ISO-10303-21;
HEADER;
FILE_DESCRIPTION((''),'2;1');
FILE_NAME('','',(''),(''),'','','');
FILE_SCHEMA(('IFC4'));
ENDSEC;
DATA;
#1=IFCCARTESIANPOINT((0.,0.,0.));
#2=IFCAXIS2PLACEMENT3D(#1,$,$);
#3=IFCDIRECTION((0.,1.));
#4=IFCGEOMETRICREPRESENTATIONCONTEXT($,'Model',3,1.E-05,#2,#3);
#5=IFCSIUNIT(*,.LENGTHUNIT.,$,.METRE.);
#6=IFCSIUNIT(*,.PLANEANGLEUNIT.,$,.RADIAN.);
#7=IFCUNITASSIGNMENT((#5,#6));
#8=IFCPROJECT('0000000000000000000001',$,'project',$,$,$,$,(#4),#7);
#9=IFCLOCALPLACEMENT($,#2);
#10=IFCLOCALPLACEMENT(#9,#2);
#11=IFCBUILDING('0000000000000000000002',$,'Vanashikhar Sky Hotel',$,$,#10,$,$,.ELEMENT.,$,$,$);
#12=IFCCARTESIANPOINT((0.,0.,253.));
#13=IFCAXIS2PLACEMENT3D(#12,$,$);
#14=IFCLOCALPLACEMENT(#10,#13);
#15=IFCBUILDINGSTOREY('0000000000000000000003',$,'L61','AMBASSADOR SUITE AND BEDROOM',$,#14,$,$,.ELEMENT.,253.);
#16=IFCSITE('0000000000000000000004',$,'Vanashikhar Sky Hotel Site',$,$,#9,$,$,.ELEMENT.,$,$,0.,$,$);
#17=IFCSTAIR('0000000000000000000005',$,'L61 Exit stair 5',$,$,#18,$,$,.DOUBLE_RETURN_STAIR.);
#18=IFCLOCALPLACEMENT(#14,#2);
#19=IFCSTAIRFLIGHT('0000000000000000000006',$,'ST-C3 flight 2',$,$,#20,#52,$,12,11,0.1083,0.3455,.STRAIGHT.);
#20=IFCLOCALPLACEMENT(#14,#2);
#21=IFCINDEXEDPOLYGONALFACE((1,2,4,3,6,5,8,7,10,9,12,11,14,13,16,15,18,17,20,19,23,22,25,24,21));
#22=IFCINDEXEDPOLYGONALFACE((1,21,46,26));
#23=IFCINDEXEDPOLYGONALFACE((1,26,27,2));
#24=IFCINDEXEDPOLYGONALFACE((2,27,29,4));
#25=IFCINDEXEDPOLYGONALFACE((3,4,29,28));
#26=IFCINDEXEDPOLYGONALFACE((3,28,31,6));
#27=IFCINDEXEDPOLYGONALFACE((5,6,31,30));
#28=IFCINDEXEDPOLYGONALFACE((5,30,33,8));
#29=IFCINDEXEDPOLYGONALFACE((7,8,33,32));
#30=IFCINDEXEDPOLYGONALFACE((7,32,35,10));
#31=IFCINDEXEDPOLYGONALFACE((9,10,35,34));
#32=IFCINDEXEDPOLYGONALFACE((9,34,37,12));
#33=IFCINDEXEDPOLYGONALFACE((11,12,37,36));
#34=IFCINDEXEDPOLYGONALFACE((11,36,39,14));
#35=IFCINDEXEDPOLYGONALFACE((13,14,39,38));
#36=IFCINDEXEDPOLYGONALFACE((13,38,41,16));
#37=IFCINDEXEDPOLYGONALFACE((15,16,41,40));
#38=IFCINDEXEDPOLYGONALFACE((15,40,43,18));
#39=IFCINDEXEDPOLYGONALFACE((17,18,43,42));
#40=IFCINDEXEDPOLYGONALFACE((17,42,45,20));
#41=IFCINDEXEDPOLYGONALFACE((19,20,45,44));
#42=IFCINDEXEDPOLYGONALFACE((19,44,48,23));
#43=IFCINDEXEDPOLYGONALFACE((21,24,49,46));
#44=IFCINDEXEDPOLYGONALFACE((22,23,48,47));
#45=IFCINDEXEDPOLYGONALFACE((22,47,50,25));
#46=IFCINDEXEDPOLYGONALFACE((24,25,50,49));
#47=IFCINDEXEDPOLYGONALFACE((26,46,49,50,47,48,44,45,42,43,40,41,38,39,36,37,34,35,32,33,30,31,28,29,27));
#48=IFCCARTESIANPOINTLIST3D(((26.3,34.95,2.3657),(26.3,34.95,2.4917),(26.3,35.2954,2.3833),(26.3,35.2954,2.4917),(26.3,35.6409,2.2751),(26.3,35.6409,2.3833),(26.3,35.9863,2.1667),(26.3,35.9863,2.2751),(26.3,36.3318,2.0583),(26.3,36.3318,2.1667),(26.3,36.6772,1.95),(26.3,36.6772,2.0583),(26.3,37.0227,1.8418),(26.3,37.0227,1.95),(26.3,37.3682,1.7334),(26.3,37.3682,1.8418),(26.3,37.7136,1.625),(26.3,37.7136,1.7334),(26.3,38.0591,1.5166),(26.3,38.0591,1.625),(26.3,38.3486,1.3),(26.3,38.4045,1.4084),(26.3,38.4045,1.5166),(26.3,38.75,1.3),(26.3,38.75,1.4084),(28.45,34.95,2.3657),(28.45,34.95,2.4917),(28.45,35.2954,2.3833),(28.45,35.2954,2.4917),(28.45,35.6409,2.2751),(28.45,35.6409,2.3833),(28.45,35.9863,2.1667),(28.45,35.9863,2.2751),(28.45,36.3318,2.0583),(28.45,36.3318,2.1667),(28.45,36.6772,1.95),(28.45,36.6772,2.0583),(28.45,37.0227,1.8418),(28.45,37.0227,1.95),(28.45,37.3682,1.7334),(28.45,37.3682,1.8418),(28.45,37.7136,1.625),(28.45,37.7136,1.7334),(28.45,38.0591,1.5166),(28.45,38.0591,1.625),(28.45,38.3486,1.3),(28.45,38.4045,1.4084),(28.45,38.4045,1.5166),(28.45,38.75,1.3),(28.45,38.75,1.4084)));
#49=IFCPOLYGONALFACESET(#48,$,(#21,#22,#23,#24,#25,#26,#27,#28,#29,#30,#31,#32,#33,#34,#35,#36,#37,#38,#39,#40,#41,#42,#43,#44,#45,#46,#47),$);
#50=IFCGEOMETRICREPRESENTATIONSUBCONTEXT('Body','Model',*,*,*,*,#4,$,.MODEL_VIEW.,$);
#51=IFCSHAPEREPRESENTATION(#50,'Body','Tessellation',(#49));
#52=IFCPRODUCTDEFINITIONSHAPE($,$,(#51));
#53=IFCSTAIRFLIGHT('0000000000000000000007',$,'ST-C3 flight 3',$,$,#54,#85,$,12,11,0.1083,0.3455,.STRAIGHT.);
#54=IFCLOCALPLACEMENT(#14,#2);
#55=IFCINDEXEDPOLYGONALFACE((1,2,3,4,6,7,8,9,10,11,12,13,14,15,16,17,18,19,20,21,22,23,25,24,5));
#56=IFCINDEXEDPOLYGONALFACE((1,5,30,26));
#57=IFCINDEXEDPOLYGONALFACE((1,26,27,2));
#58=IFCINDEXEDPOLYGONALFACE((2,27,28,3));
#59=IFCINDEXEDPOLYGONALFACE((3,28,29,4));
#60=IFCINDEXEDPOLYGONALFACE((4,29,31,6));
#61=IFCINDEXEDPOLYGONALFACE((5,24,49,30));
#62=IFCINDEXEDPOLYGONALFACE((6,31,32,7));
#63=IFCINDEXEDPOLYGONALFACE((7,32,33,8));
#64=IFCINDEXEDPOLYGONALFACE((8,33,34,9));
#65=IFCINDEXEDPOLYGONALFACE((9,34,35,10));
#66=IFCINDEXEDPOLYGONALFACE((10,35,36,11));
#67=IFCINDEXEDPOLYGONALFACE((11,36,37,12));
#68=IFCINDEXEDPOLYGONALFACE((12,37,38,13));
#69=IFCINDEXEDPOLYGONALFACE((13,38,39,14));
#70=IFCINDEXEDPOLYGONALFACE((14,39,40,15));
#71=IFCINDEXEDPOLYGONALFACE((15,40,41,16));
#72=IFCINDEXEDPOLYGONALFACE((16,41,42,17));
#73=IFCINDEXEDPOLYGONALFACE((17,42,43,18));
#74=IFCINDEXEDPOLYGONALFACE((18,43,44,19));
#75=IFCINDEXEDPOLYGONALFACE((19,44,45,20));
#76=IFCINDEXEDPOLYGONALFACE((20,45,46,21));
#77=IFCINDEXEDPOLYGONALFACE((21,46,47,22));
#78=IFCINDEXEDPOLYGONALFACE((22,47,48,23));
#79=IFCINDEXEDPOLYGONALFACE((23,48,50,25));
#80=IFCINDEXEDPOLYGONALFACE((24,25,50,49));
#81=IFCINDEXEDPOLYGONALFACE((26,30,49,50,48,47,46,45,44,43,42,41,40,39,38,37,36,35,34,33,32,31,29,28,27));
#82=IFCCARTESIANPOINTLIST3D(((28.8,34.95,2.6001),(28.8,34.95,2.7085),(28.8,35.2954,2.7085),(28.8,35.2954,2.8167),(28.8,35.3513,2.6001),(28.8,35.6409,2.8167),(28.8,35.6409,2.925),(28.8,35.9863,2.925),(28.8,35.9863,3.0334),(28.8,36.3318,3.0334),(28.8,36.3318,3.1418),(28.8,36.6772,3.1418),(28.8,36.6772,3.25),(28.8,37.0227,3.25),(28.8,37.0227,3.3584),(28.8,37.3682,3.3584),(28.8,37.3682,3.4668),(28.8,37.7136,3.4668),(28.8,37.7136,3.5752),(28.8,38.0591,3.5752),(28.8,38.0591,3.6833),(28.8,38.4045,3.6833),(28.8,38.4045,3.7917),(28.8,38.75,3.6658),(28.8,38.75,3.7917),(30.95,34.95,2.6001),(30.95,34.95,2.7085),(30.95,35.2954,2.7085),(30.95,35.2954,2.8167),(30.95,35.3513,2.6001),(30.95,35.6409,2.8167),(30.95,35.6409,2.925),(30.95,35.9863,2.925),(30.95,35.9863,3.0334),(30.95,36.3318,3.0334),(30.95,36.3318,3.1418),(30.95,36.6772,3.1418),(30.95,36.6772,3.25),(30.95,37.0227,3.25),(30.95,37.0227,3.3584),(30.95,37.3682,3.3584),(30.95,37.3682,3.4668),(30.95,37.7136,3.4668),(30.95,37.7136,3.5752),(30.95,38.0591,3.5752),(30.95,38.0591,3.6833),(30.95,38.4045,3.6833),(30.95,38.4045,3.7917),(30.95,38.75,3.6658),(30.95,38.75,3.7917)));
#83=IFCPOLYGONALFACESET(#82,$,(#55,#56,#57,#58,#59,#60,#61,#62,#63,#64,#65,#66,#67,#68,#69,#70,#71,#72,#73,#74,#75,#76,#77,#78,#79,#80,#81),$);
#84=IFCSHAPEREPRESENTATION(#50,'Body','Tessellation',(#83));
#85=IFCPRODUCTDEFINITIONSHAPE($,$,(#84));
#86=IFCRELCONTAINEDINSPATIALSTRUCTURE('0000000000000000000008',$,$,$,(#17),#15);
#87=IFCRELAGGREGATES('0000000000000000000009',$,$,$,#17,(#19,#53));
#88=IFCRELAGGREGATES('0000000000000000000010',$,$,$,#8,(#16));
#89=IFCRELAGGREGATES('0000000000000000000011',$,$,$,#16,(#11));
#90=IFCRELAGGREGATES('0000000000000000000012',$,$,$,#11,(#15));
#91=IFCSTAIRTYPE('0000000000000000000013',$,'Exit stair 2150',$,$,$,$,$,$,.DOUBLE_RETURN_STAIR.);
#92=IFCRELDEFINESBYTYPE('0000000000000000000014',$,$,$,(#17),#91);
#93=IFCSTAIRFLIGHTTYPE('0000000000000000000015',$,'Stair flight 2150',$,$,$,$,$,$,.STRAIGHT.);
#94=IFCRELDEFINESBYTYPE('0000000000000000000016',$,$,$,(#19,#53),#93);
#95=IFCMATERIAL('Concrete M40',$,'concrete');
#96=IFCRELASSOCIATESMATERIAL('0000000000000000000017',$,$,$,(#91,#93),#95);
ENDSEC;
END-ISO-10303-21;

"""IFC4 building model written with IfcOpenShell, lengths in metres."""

from ifc_helpers import new_model, si_unit, direction, frame, origin, place, context, subcontext, project, spatial, polyline, outline, extrude, source, transform, mapped, material, type_object, element, aggregate, save


model = new_model("IFC4")

# Units and contexts
model_context = context("Model", 3, precision=1e-05, world=origin(), true_north=direction((0.0, 1.0)))
body_context = subcontext(model_context, "Body", "Model", "MODEL_VIEW")
ifc_project = project(units=[si_unit("LENGTHUNIT", "METRE"), si_unit("PLANEANGLEUNIT", "RADIAN")], contexts=[model_context])

# Site, building, storey
site_placement = place(None, origin())
site = spatial("IfcSite", under=ifc_project, at=site_placement, Name="Vanashikhar Sky Hotel Site", CompositionType="ELEMENT", RefElevation=0.0)
building_placement = place(site_placement, origin())
building = spatial("IfcBuilding", under=site, at=building_placement, Name="Vanashikhar Sky Hotel", CompositionType="ELEMENT")
storey_placement = place(building_placement, frame((0.0, 0.0, 253.0)))
storey = spatial("IfcBuildingStorey", under=building, at=storey_placement, Name="L61", Description="AMBASSADOR SUITE AND BEDROOM", CompositionType="ELEMENT", Elevation=253.0)

# Shared definitions
ifc_material_1 = material(Name="Concrete M40", Category="concrete")

# Stair, stair flights
stair_type = type_object("IfcStairType", Name="Exit stair 2150", PredefinedType="DOUBLE_RETURN_STAIR", material=ifc_material_1)
stair_placement = place(storey_placement, origin())
stair = element("IfcStair", 1, at=stair_placement, inside=storey, type_object=stair_type, Name="L61 Exit stair 5", PredefinedType="DOUBLE_RETURN_STAIR")
stair_flight_type = type_object("IfcStairFlightType", Name="Stair flight 2150", PredefinedType="STRAIGHT", material=ifc_material_1)
shared_shape_1 = source(origin(), body_context, "Body", "SweptSolid", [
    extrude(outline(polyline([(0.0, 0.0), (0.0, 0.1084), (0.3455, 0.1084), (0.3455, 0.2166), (0.6909, 0.2166), (0.6909, 0.325), (1.0364, 0.325), (1.0364, 0.4333), (1.3818, 0.4333), (1.3818, 0.5417), (1.7273, 0.5417), (1.7273, 0.6499), (2.0728, 0.6499), (2.0728, 0.7583), (2.4182, 0.7583), (2.4182, 0.8667), (2.7637, 0.8667), (2.7637, 0.9751), (3.1091, 0.9751), (3.1091, 1.0833), (3.4546, 1.0833), (3.4546, 1.1917), (3.8, 1.1917), (3.8, 1.3), (3.8, 1.0657), (0.4014, 0.0), (0.0, 0.0)])), frame((0.0, 1.075, 0.0), z_axis=(0.0, -1.0, 0.0), x_axis=(1.0, 0.0, 0.0)), (0.0, 0.0, 1.0), 2.1499),
])
stair_flight_1_placement = place(storey_placement, frame((27.375, 38.75, 1.3), z_axis=(0.0, 0.0, 1.0), x_axis=(0.0, -1.0, 0.0)))
stair_flight_1 = element("IfcStairFlight", 2, at=stair_flight_1_placement, type_object=stair_flight_type, Name="ST-C3 flight 2", NumberOfRisers=12, NumberOfTreads=11, PredefinedType="STRAIGHT", RiserHeight=0.1083, TreadLength=0.3455, context=body_context, shape_type="MappedRepresentation", body=[
    mapped(shared_shape_1, transform((0.0, 0.0, 0.0), scale=1.0)),
])
stair_flight_2_placement = place(storey_placement, frame((29.875, 34.95, 2.6001), z_axis=(0.0, 0.0, 1.0), x_axis=(0.0, 1.0, 0.0)))
stair_flight_2 = element("IfcStairFlight", 3, at=stair_flight_2_placement, type_object=stair_flight_type, Name="ST-C3 flight 3", NumberOfRisers=12, NumberOfTreads=11, PredefinedType="STRAIGHT", RiserHeight=0.1083, TreadLength=0.3455, context=body_context, shape_type="MappedRepresentation", body=[
    mapped(shared_shape_1, transform((0.0, 0.0, 0.0), scale=1.0)),
])
aggregate(stair, [stair_flight_1, stair_flight_2])

save(model, "model.ifc")
